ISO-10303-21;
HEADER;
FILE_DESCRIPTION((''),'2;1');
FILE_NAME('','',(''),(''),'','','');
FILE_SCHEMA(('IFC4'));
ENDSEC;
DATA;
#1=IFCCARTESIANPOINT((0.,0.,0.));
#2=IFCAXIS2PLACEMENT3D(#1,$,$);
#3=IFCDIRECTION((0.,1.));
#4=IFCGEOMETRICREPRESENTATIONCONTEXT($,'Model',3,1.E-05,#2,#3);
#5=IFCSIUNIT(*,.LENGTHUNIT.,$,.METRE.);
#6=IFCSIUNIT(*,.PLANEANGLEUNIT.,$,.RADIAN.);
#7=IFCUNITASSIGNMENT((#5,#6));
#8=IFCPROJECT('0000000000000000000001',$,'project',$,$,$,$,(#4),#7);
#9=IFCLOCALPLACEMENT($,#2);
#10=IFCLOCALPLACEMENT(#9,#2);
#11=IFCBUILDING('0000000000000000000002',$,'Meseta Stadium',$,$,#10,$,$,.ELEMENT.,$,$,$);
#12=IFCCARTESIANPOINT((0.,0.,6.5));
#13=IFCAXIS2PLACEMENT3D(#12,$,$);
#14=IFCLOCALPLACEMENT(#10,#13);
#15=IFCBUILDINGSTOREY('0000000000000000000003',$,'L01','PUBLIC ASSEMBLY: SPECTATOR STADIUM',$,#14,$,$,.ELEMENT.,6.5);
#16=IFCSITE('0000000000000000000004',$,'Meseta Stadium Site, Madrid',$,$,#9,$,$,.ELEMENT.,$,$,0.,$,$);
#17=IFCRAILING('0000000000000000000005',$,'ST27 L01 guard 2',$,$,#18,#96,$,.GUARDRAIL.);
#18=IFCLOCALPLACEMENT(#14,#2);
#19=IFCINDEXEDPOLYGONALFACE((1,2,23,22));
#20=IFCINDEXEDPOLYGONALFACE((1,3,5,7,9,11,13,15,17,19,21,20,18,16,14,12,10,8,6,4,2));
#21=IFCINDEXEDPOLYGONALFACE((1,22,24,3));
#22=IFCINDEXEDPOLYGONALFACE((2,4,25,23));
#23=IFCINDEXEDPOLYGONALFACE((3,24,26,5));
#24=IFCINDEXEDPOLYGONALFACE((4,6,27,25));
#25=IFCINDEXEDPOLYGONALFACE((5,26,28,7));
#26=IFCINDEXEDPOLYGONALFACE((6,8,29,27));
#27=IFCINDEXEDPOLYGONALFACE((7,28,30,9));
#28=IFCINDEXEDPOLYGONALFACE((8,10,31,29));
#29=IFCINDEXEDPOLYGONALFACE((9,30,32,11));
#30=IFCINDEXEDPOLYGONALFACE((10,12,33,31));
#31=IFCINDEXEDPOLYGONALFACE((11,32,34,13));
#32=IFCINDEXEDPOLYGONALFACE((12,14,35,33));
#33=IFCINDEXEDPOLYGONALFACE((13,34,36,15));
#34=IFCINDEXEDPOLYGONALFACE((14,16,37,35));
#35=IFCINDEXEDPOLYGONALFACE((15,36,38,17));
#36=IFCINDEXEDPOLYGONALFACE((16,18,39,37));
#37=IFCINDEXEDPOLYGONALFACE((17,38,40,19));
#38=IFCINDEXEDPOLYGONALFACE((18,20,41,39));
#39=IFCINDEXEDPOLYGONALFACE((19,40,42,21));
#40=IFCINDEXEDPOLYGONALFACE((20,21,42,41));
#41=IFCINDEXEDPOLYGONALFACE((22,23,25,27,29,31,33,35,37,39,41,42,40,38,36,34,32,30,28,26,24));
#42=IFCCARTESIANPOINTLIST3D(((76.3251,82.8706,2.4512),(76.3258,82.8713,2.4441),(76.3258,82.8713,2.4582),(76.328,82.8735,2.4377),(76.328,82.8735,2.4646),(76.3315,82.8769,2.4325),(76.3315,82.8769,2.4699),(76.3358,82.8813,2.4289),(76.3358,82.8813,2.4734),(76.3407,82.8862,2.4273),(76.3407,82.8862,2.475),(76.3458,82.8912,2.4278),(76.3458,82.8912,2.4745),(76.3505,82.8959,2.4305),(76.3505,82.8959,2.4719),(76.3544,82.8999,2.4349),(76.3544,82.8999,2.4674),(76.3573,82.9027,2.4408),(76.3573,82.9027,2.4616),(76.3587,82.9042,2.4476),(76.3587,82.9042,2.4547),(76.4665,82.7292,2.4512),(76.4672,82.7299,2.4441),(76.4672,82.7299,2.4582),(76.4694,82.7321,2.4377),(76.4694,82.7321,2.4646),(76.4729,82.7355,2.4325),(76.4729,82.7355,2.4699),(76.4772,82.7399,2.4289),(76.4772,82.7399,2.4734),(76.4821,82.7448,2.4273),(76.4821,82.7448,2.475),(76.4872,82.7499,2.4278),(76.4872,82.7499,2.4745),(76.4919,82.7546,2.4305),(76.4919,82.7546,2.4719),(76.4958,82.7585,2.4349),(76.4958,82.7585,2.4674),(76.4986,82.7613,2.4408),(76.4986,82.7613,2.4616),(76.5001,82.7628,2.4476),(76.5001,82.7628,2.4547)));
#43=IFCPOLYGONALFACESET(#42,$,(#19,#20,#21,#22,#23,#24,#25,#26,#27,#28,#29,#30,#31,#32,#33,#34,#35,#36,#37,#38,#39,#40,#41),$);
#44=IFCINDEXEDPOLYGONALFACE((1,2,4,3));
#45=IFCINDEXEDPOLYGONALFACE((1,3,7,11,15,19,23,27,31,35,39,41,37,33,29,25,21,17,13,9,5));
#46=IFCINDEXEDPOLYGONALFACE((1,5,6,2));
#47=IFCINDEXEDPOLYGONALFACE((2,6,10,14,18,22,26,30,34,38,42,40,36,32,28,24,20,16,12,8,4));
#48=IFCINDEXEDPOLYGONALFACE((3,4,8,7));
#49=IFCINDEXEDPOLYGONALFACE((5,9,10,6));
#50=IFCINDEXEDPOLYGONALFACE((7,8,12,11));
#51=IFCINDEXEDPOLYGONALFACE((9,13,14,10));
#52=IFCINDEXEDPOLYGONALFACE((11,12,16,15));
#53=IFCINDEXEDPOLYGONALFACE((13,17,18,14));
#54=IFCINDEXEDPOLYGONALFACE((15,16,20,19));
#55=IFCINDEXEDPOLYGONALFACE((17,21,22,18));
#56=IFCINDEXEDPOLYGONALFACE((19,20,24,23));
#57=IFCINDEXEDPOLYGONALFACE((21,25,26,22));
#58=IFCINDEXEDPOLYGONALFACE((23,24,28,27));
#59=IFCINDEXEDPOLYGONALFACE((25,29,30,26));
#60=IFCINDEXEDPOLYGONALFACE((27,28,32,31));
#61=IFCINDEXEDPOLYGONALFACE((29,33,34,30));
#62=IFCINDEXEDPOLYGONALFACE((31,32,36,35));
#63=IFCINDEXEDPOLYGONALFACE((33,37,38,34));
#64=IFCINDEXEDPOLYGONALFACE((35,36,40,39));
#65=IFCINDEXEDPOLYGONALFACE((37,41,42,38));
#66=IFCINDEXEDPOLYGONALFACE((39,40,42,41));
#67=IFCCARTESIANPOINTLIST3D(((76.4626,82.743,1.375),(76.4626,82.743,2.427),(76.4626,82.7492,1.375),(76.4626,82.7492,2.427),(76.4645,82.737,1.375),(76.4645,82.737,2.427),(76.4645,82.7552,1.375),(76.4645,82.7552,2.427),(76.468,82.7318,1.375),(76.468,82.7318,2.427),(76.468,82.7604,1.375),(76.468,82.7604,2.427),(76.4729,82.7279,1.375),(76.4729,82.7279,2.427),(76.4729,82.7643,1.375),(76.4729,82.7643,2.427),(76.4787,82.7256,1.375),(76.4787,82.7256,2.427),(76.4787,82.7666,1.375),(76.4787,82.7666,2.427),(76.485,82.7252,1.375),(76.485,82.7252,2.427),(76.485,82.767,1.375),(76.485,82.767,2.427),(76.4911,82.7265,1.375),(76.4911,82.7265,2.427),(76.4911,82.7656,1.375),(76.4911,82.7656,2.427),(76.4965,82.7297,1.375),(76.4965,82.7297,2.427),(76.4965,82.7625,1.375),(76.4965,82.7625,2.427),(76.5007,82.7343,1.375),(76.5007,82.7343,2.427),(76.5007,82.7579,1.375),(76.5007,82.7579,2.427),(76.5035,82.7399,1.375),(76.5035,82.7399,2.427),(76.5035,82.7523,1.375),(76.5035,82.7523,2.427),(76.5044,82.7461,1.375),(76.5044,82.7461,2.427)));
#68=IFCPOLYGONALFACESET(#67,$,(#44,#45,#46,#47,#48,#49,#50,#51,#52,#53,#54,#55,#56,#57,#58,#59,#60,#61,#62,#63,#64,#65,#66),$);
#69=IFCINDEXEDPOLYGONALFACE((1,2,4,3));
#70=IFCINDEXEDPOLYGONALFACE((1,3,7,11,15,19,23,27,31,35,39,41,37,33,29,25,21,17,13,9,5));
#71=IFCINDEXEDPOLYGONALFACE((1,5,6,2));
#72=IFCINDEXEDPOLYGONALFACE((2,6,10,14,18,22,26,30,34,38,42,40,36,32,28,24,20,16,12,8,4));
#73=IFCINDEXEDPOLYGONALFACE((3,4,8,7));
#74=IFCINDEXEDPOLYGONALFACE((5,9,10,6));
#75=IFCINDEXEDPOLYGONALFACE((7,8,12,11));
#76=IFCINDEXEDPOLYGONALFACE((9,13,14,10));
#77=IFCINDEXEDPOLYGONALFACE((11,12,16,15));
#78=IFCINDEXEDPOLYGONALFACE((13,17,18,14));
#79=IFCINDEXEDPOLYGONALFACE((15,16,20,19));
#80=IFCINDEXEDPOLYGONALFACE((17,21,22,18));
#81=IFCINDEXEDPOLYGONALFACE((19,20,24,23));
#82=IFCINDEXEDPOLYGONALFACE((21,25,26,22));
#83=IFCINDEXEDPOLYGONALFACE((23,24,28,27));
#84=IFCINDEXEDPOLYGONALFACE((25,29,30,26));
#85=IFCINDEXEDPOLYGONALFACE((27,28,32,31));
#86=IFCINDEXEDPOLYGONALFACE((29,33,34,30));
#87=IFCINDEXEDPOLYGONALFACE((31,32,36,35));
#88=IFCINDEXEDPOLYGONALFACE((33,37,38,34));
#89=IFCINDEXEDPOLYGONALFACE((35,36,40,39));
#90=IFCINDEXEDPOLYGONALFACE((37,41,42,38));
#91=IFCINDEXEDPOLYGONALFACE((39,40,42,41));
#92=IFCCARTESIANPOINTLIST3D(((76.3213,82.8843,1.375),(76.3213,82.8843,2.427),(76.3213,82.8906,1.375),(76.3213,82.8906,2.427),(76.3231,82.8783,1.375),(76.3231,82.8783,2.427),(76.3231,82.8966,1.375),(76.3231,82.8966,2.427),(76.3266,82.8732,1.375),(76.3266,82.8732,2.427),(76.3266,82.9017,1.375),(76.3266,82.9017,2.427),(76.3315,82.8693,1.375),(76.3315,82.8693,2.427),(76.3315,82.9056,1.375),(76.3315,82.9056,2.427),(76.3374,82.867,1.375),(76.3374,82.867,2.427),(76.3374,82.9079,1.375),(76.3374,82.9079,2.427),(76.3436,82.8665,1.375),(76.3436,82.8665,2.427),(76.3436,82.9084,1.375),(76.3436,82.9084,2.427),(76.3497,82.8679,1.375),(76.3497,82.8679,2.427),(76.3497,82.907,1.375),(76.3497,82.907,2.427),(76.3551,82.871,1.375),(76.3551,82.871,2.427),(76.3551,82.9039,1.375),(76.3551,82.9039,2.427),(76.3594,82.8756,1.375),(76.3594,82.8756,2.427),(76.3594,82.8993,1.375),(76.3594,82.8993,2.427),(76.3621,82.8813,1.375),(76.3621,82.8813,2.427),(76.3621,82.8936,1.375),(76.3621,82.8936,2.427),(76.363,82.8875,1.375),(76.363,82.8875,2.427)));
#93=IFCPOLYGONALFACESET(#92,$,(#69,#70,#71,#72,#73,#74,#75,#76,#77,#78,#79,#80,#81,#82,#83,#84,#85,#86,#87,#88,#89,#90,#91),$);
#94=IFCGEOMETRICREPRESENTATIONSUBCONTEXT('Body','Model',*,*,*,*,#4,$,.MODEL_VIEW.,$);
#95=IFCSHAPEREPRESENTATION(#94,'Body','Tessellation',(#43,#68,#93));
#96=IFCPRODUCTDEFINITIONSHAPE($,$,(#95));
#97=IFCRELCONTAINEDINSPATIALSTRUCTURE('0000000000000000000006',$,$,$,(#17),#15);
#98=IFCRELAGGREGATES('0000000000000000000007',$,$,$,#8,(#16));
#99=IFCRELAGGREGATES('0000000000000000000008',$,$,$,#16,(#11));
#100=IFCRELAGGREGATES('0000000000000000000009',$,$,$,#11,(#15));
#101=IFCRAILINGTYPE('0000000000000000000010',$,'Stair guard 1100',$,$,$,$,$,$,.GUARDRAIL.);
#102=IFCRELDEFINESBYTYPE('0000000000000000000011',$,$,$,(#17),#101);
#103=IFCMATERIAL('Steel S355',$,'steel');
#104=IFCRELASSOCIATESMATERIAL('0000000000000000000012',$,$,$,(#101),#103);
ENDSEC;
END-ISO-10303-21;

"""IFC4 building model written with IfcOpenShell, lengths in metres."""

from ifc_helpers import new_model, si_unit, direction, frame, origin, origin_2d, place, context, subcontext, project, spatial, circle, extrude, material, type_object, element, save


model = new_model("IFC4")

# Units and contexts
model_context = context("Model", 3, precision=1e-05, world=origin(), true_north=direction((0.0, 1.0)))
body_context = subcontext(model_context, "Body", "Model", "MODEL_VIEW")
ifc_project = project(units=[si_unit("LENGTHUNIT", "METRE"), si_unit("PLANEANGLEUNIT", "RADIAN")], contexts=[model_context])

# Site, building, storey
site_placement = place(None, origin())
site = spatial("IfcSite", under=ifc_project, at=site_placement, Name="Meseta Stadium Site, Madrid", CompositionType="ELEMENT", RefElevation=0.0)
building_placement = place(site_placement, origin())
building = spatial("IfcBuilding", under=site, at=building_placement, Name="Meseta Stadium", CompositionType="ELEMENT")
storey_placement = place(building_placement, frame((0.0, 0.0, 6.5)))
storey = spatial("IfcBuildingStorey", under=building, at=storey_placement, Name="L01", Description="PUBLIC ASSEMBLY: SPECTATOR STADIUM", CompositionType="ELEMENT", Elevation=6.5)

# Railing
ifc_material_1 = material(Name="Steel S355", Category="steel")
railing_type_1 = type_object("IfcRailingType", Name="Stair guard 1100", PredefinedType="GUARDRAIL", material=ifc_material_1)
railing_1_placement = place(storey_placement, frame((76.4834, 82.7461, 1.375)))
element("IfcRailing", 1, at=railing_1_placement, inside=storey, type_object=railing_type_1, Name="ST27 L01 guard 2", PredefinedType="GUARDRAIL", context=body_context, shape_type="SweptSolid", body=[
    extrude(circle(Radius=0.0239, at=origin_2d()), frame((0.0, 0.0, 1.0762), z_axis=(-0.707107, 0.707107, 0.0), x_axis=(-0.707107, -0.707107, 0.0)), (0.0, 0.0, 1.0), 0.2),
    extrude(circle(Radius=0.021, at=origin_2d()), origin(), (0.0, 0.0, 1.0), 1.052),
    extrude(circle(Radius=0.021, at=origin_2d()), frame((-0.1414, 0.1414, 0.0)), (0.0, 0.0, 1.0), 1.052),
])

save(model, "model.ifc")
